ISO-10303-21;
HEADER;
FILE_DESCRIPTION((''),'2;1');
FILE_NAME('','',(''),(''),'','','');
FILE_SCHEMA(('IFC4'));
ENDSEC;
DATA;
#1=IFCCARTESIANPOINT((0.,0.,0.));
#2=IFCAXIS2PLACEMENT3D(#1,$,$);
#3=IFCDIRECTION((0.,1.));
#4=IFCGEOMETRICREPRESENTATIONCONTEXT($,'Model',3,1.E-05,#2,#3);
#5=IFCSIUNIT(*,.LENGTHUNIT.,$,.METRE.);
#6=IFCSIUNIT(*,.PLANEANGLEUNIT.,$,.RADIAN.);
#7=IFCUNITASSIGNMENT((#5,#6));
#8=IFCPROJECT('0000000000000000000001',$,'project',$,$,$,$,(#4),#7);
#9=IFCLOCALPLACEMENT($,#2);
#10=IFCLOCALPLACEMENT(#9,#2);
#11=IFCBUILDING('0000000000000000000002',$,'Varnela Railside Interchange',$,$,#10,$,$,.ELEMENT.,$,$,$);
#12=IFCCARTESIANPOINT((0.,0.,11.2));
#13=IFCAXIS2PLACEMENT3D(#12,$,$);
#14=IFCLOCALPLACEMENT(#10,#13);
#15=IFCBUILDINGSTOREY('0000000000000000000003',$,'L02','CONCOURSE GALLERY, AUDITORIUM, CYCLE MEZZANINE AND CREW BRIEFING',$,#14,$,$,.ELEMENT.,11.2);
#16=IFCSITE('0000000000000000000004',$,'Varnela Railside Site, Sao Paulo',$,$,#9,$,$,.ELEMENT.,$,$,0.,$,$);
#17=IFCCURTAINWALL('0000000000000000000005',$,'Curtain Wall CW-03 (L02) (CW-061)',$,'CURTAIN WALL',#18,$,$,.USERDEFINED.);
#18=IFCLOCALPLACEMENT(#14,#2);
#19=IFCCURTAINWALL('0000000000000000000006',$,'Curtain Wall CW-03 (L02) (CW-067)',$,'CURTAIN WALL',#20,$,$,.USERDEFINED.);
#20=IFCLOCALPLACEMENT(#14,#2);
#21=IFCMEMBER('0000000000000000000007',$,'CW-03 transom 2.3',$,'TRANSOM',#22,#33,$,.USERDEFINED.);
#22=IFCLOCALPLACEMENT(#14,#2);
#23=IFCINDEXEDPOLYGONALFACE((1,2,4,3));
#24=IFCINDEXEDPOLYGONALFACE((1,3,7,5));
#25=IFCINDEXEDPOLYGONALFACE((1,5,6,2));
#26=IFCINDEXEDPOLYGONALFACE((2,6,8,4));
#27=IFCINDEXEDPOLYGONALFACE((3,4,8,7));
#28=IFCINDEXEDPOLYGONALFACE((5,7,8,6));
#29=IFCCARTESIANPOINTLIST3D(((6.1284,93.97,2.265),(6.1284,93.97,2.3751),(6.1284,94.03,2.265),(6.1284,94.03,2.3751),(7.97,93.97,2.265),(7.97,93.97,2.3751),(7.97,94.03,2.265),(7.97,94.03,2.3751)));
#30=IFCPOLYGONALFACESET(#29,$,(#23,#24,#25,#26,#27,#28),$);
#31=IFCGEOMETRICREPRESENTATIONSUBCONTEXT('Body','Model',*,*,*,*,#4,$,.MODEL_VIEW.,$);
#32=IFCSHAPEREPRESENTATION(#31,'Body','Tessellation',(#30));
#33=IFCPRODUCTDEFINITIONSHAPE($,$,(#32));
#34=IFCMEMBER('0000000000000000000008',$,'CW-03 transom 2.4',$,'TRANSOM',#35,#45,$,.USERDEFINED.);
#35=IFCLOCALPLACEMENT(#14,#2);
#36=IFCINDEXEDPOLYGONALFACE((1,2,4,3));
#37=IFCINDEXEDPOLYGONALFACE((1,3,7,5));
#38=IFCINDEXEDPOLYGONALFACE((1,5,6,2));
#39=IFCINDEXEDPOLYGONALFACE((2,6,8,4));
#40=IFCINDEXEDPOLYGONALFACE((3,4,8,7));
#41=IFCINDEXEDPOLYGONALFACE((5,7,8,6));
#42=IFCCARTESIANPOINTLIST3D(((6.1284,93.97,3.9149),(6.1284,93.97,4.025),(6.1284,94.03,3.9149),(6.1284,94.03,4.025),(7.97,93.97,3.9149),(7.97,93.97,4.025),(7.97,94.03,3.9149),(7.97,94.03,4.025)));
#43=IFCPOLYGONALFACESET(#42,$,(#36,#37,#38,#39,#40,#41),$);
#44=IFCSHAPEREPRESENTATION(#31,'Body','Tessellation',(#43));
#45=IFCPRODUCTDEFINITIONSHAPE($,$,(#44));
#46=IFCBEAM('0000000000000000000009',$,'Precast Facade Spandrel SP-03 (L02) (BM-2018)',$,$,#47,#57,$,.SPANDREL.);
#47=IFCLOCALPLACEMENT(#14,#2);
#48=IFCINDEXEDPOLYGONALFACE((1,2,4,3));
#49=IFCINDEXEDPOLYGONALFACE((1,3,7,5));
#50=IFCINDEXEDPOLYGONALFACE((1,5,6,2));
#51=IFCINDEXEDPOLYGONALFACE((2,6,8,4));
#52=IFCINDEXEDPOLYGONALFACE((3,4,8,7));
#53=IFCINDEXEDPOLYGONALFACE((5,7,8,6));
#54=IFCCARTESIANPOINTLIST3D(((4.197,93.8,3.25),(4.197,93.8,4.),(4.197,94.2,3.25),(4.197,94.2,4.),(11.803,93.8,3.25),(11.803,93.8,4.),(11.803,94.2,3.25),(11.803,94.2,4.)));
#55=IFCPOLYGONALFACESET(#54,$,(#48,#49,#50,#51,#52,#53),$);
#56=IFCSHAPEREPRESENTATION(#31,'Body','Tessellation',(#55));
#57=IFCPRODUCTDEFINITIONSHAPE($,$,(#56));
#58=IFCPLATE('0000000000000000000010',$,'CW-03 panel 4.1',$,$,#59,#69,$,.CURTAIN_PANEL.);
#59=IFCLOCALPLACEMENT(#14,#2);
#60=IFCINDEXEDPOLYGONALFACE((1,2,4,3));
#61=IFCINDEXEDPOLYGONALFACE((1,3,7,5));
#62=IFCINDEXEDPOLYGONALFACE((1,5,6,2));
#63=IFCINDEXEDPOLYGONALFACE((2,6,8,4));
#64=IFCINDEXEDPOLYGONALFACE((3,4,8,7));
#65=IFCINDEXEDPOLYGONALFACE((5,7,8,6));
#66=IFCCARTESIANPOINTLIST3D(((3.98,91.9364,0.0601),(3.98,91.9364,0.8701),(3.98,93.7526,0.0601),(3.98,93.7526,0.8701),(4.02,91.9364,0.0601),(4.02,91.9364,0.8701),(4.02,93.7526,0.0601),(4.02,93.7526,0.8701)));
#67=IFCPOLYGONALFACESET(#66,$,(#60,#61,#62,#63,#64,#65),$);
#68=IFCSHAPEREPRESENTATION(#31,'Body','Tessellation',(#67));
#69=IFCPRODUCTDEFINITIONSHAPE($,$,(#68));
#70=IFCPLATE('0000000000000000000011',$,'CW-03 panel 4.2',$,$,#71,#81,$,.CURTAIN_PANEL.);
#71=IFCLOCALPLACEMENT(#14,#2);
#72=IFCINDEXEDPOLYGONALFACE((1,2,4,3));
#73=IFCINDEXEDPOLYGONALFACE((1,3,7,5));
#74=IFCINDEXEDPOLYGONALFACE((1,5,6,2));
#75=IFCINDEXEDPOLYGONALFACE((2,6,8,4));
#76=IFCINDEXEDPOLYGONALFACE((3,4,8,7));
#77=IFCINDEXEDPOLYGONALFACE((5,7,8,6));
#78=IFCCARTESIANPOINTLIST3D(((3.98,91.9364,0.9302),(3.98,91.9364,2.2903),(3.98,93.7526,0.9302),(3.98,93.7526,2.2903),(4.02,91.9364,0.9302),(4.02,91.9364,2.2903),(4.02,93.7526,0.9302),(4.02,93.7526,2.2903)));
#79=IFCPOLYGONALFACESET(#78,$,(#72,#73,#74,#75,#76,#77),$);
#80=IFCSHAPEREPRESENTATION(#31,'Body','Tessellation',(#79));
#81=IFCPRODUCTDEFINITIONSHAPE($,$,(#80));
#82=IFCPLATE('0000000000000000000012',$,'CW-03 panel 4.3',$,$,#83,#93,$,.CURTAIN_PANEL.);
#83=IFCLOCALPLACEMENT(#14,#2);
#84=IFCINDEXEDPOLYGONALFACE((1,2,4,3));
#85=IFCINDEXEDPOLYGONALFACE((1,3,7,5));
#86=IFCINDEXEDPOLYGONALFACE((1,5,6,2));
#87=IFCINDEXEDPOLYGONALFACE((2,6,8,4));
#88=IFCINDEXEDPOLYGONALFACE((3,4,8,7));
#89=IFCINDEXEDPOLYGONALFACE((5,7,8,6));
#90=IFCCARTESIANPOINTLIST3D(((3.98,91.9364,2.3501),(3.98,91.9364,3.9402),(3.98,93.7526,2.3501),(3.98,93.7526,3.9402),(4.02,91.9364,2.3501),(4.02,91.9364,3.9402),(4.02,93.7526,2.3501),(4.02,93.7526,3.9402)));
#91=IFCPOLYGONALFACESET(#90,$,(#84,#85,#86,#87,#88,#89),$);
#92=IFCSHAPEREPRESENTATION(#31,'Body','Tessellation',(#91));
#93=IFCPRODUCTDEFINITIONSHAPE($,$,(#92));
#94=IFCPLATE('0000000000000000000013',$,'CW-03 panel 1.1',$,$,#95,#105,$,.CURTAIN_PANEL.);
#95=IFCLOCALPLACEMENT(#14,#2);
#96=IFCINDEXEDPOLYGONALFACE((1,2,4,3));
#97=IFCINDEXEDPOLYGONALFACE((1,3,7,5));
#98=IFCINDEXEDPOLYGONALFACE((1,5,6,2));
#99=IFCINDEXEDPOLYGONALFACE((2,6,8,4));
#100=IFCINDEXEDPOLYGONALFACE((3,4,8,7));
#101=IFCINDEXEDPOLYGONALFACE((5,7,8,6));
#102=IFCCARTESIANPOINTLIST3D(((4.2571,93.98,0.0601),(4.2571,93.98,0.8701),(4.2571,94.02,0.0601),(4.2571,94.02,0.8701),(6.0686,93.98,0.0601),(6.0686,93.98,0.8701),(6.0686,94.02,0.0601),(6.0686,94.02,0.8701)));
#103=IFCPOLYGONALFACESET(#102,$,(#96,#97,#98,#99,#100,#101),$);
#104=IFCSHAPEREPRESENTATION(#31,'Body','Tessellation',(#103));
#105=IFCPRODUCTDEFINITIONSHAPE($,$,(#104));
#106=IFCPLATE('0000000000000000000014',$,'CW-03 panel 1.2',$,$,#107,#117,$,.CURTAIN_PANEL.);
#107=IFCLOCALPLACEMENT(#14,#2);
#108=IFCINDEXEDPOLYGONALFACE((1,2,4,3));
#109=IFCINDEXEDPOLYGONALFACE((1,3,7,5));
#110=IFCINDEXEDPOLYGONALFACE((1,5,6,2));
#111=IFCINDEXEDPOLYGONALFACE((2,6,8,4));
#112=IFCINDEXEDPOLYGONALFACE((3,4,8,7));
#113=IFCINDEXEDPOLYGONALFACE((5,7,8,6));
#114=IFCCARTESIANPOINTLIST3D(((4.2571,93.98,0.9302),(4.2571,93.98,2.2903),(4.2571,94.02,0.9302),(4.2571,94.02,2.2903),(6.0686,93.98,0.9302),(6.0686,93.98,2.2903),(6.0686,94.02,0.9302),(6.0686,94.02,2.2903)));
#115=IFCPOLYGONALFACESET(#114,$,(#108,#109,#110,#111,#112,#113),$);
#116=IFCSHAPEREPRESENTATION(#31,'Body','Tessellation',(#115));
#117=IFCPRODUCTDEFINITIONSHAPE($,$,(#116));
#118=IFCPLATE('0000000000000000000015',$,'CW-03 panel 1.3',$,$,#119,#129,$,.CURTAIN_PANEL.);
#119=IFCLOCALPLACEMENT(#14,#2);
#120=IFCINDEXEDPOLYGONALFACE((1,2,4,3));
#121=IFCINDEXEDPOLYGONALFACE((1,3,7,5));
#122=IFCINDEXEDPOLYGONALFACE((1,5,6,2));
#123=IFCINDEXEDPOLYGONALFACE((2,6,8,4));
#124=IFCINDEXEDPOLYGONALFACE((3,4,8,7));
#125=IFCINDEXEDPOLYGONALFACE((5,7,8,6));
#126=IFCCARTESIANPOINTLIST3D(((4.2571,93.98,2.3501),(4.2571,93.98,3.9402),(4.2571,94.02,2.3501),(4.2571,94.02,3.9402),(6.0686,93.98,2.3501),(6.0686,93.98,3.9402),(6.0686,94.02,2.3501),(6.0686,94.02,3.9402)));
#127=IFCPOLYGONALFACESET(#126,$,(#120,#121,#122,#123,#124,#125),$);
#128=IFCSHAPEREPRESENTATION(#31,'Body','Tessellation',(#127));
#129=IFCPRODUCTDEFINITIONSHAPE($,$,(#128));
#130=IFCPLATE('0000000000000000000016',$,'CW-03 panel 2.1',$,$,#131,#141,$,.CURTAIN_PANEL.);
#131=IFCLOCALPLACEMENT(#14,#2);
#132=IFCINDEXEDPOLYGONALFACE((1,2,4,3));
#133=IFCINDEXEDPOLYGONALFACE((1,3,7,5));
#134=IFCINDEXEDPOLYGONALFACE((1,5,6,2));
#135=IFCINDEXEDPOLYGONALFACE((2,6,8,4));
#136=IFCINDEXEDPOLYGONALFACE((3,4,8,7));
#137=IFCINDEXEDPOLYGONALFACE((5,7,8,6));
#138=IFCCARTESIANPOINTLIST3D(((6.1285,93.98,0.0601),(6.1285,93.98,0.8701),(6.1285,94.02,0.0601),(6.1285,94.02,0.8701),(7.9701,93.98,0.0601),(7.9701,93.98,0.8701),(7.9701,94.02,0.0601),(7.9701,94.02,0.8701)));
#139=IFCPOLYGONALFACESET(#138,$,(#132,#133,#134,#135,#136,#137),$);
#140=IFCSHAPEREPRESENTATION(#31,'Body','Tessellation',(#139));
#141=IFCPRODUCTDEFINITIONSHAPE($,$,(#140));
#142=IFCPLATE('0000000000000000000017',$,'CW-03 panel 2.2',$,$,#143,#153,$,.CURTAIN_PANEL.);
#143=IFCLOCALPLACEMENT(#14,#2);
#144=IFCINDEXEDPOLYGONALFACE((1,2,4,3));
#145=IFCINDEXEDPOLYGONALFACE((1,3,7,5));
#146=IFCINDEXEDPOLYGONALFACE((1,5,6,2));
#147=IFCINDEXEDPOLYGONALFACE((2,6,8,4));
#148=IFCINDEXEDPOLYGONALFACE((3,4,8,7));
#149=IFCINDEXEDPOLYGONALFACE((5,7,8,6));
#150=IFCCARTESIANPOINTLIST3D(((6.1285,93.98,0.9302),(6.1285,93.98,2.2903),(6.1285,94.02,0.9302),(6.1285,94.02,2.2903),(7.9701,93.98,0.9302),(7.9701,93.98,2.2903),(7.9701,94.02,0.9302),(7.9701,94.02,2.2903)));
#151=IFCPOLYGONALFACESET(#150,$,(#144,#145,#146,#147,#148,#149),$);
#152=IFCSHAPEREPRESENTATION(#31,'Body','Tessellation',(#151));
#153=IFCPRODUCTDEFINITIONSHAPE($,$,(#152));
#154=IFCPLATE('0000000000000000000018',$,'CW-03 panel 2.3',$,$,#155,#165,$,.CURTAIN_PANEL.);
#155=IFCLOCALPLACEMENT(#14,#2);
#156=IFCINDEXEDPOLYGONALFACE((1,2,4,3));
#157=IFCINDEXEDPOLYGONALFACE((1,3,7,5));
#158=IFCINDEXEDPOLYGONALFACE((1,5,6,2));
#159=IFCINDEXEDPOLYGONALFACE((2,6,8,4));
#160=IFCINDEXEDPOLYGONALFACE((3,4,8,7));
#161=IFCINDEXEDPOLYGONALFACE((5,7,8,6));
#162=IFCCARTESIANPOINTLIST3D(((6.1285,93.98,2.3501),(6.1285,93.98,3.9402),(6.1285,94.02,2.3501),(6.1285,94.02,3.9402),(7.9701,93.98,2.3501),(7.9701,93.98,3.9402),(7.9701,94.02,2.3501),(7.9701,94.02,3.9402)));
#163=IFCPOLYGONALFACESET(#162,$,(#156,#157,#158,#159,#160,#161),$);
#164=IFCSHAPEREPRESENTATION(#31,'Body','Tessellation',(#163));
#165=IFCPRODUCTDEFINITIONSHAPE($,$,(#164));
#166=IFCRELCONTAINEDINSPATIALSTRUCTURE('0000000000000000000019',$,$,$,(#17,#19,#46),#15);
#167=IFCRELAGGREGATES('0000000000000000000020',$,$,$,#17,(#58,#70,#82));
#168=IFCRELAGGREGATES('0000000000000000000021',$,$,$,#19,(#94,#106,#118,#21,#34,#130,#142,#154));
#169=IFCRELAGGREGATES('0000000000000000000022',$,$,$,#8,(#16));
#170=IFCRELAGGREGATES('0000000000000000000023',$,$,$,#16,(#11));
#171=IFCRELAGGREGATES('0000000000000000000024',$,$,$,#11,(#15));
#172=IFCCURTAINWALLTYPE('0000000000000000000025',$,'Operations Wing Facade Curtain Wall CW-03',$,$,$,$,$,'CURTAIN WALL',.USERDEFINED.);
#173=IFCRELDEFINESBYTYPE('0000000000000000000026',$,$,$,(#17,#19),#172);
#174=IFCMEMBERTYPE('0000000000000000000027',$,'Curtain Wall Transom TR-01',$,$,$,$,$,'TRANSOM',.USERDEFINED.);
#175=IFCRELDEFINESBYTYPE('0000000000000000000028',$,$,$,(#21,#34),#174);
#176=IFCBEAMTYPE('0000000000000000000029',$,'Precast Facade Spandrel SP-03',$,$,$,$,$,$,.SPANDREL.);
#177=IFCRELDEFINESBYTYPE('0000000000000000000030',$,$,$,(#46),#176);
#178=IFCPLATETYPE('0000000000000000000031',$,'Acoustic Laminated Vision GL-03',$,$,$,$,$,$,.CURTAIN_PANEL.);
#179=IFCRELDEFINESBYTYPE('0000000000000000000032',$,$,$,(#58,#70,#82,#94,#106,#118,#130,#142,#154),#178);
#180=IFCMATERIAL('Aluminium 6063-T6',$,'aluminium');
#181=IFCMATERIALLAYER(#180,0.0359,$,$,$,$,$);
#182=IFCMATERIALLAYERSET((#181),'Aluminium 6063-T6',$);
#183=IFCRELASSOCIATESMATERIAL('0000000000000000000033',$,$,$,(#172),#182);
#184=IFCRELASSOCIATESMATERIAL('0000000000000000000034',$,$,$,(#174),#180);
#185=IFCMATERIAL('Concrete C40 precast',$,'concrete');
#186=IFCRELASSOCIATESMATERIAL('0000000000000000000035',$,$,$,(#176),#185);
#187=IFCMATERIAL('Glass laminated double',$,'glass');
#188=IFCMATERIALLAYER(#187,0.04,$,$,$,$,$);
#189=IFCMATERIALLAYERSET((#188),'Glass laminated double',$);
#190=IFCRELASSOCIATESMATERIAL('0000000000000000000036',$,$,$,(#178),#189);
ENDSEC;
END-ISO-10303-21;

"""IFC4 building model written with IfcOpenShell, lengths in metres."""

from ifc_helpers import new_model, si_unit, direction, frame, origin, origin_2d, place, context, subcontext, project, spatial, rectangle, extrude, material, layer, layer_set, material_profile, profile_set, type_object, element, aggregate, save


model = new_model("IFC4")

# Units and contexts
model_context = context("Model", 3, precision=1e-05, world=origin(), true_north=direction((0.0, 1.0)))
body_context = subcontext(model_context, "Body", "Model", "MODEL_VIEW")
ifc_project = project(units=[si_unit("LENGTHUNIT", "METRE"), si_unit("PLANEANGLEUNIT", "RADIAN")], contexts=[model_context])

# Site, building, storey
site_placement = place(None, origin())
site = spatial("IfcSite", under=ifc_project, at=site_placement, Name="Varnela Railside Site, Sao Paulo", CompositionType="ELEMENT", RefElevation=0.0)
building_placement = place(site_placement, origin())
building = spatial("IfcBuilding", under=site, at=building_placement, Name="Varnela Railside Interchange", CompositionType="ELEMENT")
storey_placement = place(building_placement, frame((0.0, 0.0, 11.2)))
storey = spatial("IfcBuildingStorey", under=building, at=storey_placement, Name="L02", Description="CONCOURSE GALLERY, AUDITORIUM, CYCLE MEZZANINE AND CREW BRIEFING", CompositionType="ELEMENT", Elevation=11.2)

# Curtain wall
ifc_material_1 = material(Name="Aluminium 6063-T6", Category="aluminium")
ifc_layer_1 = layer(ifc_material_1, 0.0359)
ifc_layer_set_1 = layer_set([ifc_layer_1], Name="Aluminium 6063-T6")
curtain_wall_type = type_object("IfcCurtainWallType", Name="Operations Wing Facade Curtain Wall CW-03", ElementType="CURTAIN WALL", PredefinedType="USERDEFINED", material=ifc_layer_set_1)
curtain_wall_1_placement = place(storey_placement, origin())
curtain_wall_1 = element("IfcCurtainWall", 1, at=curtain_wall_1_placement, inside=storey, type_object=curtain_wall_type, Name="Curtain Wall CW-03 (L02) (CW-061)", ObjectType="CURTAIN WALL", PredefinedType="USERDEFINED")

# Curtain wall
curtain_wall_2_placement = place(storey_placement, origin())
curtain_wall_2 = element("IfcCurtainWall", 2, at=curtain_wall_2_placement, inside=storey, type_object=curtain_wall_type, Name="Curtain Wall CW-03 (L02) (CW-067)", ObjectType="CURTAIN WALL", PredefinedType="USERDEFINED")

# Members
ifc_material_profile_1 = material_profile(ifc_material_1, rectangle(XDim=0.0601, YDim=0.1101, at=origin_2d()), Name="ALU 60x110")
ifc_profile_set_1 = profile_set([ifc_material_profile_1], Name="Aluminium 6063-T6")
member_type_1 = type_object("IfcMemberType", Name="Curtain Wall Transom TR-01", ElementType="TRANSOM", PredefinedType="USERDEFINED", material=ifc_profile_set_1)
member_1_placement = place(storey_placement, frame((6.1284, 94.0, 2.3201), z_axis=(1.0, 0.0, 0.0), x_axis=(0.0, 1.0, 0.0)))
member_1 = element("IfcMember", 3, at=member_1_placement, type_object=member_type_1, Name="CW-03 transom 2.3", ObjectType="TRANSOM", PredefinedType="USERDEFINED", context=body_context, shape_type="SweptSolid", body=[
    extrude(rectangle(XDim=0.0601, YDim=0.1101, at=origin_2d()), origin(), (0.0, 0.0, 1.0), 1.8416),
])
member_2_placement = place(storey_placement, frame((6.1284, 94.0, 3.97), z_axis=(1.0, 0.0, 0.0), x_axis=(0.0, 1.0, 0.0)))
member_2 = element("IfcMember", 4, at=member_2_placement, type_object=member_type_1, Name="CW-03 transom 2.4", ObjectType="TRANSOM", PredefinedType="USERDEFINED", context=body_context, shape_type="SweptSolid", body=[
    extrude(rectangle(XDim=0.0601, YDim=0.1101, at=origin_2d()), origin(), (0.0, 0.0, 1.0), 1.8416),
])

# Beam
ifc_material_2 = material(Name="Concrete C40 precast", Category="concrete")
ifc_material_profile_2 = material_profile(ifc_material_2, rectangle(XDim=0.3999, YDim=0.75, at=origin_2d()), Name="PC 400x750")
ifc_profile_set_2 = profile_set([ifc_material_profile_2], Name="Concrete C40 precast")
beam_type = type_object("IfcBeamType", Name="Precast Facade Spandrel SP-03", PredefinedType="SPANDREL", material=ifc_profile_set_2)
beam_placement = place(storey_placement, frame((4.197, 94.0, 3.625), z_axis=(1.0, 0.0, 0.0), x_axis=(0.0, 1.0, 0.0)))
element("IfcBeam", 5, at=beam_placement, inside=storey, type_object=beam_type, Name="Precast Facade Spandrel SP-03 (L02) (BM-2018)", PredefinedType="SPANDREL", context=body_context, shape_type="SweptSolid", body=[
    extrude(rectangle(XDim=0.3999, YDim=0.75, at=origin_2d()), origin(), (0.0, 0.0, 1.0), 7.606),
])

# Plates
ifc_material_3 = material(Name="Glass laminated double", Category="glass")
ifc_layer_2 = layer(ifc_material_3, 0.04)
ifc_layer_set_2 = layer_set([ifc_layer_2], Name="Glass laminated double")
plate_type = type_object("IfcPlateType", Name="Acoustic Laminated Vision GL-03", PredefinedType="CURTAIN_PANEL", material=ifc_layer_set_2)
plate_1_placement = place(storey_placement, frame((4.0, 92.8445, 0.0601), z_axis=(0.0, 0.0, 1.0), x_axis=(0.0, 1.0, 0.0)))
plate_1 = element("IfcPlate", 6, at=plate_1_placement, type_object=plate_type, Name="CW-03 panel 4.1", PredefinedType="CURTAIN_PANEL", context=body_context, shape_type="SweptSolid", body=[
    extrude(rectangle(XDim=1.8162, YDim=0.04, at=origin_2d()), origin(), (0.0, 0.0, 1.0), 0.8101),
])
plate_2_placement = place(storey_placement, frame((4.0, 92.8445, 0.9302), z_axis=(0.0, 0.0, 1.0), x_axis=(0.0, 1.0, 0.0)))
plate_2 = element("IfcPlate", 7, at=plate_2_placement, type_object=plate_type, Name="CW-03 panel 4.2", PredefinedType="CURTAIN_PANEL", context=body_context, shape_type="SweptSolid", body=[
    extrude(rectangle(XDim=1.8162, YDim=0.04, at=origin_2d()), origin(), (0.0, 0.0, 1.0), 1.3601),
])
plate_3_placement = place(storey_placement, frame((4.0, 92.8445, 2.3501), z_axis=(0.0, 0.0, 1.0), x_axis=(0.0, 1.0, 0.0)))
plate_3 = element("IfcPlate", 8, at=plate_3_placement, type_object=plate_type, Name="CW-03 panel 4.3", PredefinedType="CURTAIN_PANEL", context=body_context, shape_type="SweptSolid", body=[
    extrude(rectangle(XDim=1.8162, YDim=0.04, at=origin_2d()), origin(), (0.0, 0.0, 1.0), 1.5901),
])
aggregate(curtain_wall_1, [plate_1, plate_2, plate_3])
plate_4_placement = place(storey_placement, frame((5.1628, 94.0, 0.0601), z_axis=(0.0, 0.0, 1.0), x_axis=(1.0, 0.0, 0.0)))
plate_4 = element("IfcPlate", 9, at=plate_4_placement, type_object=plate_type, Name="CW-03 panel 1.1", PredefinedType="CURTAIN_PANEL", context=body_context, shape_type="SweptSolid", body=[
    extrude(rectangle(XDim=1.8115, YDim=0.04, at=origin_2d()), origin(), (0.0, 0.0, 1.0), 0.8101),
])
plate_5_placement = place(storey_placement, frame((5.1628, 94.0, 0.9302), z_axis=(0.0, 0.0, 1.0), x_axis=(1.0, 0.0, 0.0)))
plate_5 = element("IfcPlate", 10, at=plate_5_placement, type_object=plate_type, Name="CW-03 panel 1.2", PredefinedType="CURTAIN_PANEL", context=body_context, shape_type="SweptSolid", body=[
    extrude(rectangle(XDim=1.8115, YDim=0.04, at=origin_2d()), origin(), (0.0, 0.0, 1.0), 1.3601),
])
plate_6_placement = place(storey_placement, frame((5.1628, 94.0, 2.3501), z_axis=(0.0, 0.0, 1.0), x_axis=(1.0, 0.0, 0.0)))
plate_6 = element("IfcPlate", 11, at=plate_6_placement, type_object=plate_type, Name="CW-03 panel 1.3", PredefinedType="CURTAIN_PANEL", context=body_context, shape_type="SweptSolid", body=[
    extrude(rectangle(XDim=1.8115, YDim=0.04, at=origin_2d()), origin(), (0.0, 0.0, 1.0), 1.5901),
])
plate_7_placement = place(storey_placement, frame((7.0493, 94.0, 0.0601), z_axis=(0.0, 0.0, 1.0), x_axis=(1.0, 0.0, 0.0)))
plate_7 = element("IfcPlate", 12, at=plate_7_placement, type_object=plate_type, Name="CW-03 panel 2.1", PredefinedType="CURTAIN_PANEL", context=body_context, shape_type="SweptSolid", body=[
    extrude(rectangle(XDim=1.8416, YDim=0.04, at=origin_2d()), origin(), (0.0, 0.0, 1.0), 0.8101),
])
plate_8_placement = place(storey_placement, frame((7.0493, 94.0, 0.9302), z_axis=(0.0, 0.0, 1.0), x_axis=(1.0, 0.0, 0.0)))
plate_8 = element("IfcPlate", 13, at=plate_8_placement, type_object=plate_type, Name="CW-03 panel 2.2", PredefinedType="CURTAIN_PANEL", context=body_context, shape_type="SweptSolid", body=[
    extrude(rectangle(XDim=1.8416, YDim=0.04, at=origin_2d()), origin(), (0.0, 0.0, 1.0), 1.3601),
])
plate_9_placement = place(storey_placement, frame((7.0493, 94.0, 2.3501), z_axis=(0.0, 0.0, 1.0), x_axis=(1.0, 0.0, 0.0)))
plate_9 = element("IfcPlate", 14, at=plate_9_placement, type_object=plate_type, Name="CW-03 panel 2.3", PredefinedType="CURTAIN_PANEL", context=body_context, shape_type="SweptSolid", body=[
    extrude(rectangle(XDim=1.8416, YDim=0.04, at=origin_2d()), origin(), (0.0, 0.0, 1.0), 1.5901),
])
aggregate(curtain_wall_2, [plate_4, plate_5, plate_6, member_1, member_2, plate_7, plate_8, plate_9])

save(model, "model.ifc")
